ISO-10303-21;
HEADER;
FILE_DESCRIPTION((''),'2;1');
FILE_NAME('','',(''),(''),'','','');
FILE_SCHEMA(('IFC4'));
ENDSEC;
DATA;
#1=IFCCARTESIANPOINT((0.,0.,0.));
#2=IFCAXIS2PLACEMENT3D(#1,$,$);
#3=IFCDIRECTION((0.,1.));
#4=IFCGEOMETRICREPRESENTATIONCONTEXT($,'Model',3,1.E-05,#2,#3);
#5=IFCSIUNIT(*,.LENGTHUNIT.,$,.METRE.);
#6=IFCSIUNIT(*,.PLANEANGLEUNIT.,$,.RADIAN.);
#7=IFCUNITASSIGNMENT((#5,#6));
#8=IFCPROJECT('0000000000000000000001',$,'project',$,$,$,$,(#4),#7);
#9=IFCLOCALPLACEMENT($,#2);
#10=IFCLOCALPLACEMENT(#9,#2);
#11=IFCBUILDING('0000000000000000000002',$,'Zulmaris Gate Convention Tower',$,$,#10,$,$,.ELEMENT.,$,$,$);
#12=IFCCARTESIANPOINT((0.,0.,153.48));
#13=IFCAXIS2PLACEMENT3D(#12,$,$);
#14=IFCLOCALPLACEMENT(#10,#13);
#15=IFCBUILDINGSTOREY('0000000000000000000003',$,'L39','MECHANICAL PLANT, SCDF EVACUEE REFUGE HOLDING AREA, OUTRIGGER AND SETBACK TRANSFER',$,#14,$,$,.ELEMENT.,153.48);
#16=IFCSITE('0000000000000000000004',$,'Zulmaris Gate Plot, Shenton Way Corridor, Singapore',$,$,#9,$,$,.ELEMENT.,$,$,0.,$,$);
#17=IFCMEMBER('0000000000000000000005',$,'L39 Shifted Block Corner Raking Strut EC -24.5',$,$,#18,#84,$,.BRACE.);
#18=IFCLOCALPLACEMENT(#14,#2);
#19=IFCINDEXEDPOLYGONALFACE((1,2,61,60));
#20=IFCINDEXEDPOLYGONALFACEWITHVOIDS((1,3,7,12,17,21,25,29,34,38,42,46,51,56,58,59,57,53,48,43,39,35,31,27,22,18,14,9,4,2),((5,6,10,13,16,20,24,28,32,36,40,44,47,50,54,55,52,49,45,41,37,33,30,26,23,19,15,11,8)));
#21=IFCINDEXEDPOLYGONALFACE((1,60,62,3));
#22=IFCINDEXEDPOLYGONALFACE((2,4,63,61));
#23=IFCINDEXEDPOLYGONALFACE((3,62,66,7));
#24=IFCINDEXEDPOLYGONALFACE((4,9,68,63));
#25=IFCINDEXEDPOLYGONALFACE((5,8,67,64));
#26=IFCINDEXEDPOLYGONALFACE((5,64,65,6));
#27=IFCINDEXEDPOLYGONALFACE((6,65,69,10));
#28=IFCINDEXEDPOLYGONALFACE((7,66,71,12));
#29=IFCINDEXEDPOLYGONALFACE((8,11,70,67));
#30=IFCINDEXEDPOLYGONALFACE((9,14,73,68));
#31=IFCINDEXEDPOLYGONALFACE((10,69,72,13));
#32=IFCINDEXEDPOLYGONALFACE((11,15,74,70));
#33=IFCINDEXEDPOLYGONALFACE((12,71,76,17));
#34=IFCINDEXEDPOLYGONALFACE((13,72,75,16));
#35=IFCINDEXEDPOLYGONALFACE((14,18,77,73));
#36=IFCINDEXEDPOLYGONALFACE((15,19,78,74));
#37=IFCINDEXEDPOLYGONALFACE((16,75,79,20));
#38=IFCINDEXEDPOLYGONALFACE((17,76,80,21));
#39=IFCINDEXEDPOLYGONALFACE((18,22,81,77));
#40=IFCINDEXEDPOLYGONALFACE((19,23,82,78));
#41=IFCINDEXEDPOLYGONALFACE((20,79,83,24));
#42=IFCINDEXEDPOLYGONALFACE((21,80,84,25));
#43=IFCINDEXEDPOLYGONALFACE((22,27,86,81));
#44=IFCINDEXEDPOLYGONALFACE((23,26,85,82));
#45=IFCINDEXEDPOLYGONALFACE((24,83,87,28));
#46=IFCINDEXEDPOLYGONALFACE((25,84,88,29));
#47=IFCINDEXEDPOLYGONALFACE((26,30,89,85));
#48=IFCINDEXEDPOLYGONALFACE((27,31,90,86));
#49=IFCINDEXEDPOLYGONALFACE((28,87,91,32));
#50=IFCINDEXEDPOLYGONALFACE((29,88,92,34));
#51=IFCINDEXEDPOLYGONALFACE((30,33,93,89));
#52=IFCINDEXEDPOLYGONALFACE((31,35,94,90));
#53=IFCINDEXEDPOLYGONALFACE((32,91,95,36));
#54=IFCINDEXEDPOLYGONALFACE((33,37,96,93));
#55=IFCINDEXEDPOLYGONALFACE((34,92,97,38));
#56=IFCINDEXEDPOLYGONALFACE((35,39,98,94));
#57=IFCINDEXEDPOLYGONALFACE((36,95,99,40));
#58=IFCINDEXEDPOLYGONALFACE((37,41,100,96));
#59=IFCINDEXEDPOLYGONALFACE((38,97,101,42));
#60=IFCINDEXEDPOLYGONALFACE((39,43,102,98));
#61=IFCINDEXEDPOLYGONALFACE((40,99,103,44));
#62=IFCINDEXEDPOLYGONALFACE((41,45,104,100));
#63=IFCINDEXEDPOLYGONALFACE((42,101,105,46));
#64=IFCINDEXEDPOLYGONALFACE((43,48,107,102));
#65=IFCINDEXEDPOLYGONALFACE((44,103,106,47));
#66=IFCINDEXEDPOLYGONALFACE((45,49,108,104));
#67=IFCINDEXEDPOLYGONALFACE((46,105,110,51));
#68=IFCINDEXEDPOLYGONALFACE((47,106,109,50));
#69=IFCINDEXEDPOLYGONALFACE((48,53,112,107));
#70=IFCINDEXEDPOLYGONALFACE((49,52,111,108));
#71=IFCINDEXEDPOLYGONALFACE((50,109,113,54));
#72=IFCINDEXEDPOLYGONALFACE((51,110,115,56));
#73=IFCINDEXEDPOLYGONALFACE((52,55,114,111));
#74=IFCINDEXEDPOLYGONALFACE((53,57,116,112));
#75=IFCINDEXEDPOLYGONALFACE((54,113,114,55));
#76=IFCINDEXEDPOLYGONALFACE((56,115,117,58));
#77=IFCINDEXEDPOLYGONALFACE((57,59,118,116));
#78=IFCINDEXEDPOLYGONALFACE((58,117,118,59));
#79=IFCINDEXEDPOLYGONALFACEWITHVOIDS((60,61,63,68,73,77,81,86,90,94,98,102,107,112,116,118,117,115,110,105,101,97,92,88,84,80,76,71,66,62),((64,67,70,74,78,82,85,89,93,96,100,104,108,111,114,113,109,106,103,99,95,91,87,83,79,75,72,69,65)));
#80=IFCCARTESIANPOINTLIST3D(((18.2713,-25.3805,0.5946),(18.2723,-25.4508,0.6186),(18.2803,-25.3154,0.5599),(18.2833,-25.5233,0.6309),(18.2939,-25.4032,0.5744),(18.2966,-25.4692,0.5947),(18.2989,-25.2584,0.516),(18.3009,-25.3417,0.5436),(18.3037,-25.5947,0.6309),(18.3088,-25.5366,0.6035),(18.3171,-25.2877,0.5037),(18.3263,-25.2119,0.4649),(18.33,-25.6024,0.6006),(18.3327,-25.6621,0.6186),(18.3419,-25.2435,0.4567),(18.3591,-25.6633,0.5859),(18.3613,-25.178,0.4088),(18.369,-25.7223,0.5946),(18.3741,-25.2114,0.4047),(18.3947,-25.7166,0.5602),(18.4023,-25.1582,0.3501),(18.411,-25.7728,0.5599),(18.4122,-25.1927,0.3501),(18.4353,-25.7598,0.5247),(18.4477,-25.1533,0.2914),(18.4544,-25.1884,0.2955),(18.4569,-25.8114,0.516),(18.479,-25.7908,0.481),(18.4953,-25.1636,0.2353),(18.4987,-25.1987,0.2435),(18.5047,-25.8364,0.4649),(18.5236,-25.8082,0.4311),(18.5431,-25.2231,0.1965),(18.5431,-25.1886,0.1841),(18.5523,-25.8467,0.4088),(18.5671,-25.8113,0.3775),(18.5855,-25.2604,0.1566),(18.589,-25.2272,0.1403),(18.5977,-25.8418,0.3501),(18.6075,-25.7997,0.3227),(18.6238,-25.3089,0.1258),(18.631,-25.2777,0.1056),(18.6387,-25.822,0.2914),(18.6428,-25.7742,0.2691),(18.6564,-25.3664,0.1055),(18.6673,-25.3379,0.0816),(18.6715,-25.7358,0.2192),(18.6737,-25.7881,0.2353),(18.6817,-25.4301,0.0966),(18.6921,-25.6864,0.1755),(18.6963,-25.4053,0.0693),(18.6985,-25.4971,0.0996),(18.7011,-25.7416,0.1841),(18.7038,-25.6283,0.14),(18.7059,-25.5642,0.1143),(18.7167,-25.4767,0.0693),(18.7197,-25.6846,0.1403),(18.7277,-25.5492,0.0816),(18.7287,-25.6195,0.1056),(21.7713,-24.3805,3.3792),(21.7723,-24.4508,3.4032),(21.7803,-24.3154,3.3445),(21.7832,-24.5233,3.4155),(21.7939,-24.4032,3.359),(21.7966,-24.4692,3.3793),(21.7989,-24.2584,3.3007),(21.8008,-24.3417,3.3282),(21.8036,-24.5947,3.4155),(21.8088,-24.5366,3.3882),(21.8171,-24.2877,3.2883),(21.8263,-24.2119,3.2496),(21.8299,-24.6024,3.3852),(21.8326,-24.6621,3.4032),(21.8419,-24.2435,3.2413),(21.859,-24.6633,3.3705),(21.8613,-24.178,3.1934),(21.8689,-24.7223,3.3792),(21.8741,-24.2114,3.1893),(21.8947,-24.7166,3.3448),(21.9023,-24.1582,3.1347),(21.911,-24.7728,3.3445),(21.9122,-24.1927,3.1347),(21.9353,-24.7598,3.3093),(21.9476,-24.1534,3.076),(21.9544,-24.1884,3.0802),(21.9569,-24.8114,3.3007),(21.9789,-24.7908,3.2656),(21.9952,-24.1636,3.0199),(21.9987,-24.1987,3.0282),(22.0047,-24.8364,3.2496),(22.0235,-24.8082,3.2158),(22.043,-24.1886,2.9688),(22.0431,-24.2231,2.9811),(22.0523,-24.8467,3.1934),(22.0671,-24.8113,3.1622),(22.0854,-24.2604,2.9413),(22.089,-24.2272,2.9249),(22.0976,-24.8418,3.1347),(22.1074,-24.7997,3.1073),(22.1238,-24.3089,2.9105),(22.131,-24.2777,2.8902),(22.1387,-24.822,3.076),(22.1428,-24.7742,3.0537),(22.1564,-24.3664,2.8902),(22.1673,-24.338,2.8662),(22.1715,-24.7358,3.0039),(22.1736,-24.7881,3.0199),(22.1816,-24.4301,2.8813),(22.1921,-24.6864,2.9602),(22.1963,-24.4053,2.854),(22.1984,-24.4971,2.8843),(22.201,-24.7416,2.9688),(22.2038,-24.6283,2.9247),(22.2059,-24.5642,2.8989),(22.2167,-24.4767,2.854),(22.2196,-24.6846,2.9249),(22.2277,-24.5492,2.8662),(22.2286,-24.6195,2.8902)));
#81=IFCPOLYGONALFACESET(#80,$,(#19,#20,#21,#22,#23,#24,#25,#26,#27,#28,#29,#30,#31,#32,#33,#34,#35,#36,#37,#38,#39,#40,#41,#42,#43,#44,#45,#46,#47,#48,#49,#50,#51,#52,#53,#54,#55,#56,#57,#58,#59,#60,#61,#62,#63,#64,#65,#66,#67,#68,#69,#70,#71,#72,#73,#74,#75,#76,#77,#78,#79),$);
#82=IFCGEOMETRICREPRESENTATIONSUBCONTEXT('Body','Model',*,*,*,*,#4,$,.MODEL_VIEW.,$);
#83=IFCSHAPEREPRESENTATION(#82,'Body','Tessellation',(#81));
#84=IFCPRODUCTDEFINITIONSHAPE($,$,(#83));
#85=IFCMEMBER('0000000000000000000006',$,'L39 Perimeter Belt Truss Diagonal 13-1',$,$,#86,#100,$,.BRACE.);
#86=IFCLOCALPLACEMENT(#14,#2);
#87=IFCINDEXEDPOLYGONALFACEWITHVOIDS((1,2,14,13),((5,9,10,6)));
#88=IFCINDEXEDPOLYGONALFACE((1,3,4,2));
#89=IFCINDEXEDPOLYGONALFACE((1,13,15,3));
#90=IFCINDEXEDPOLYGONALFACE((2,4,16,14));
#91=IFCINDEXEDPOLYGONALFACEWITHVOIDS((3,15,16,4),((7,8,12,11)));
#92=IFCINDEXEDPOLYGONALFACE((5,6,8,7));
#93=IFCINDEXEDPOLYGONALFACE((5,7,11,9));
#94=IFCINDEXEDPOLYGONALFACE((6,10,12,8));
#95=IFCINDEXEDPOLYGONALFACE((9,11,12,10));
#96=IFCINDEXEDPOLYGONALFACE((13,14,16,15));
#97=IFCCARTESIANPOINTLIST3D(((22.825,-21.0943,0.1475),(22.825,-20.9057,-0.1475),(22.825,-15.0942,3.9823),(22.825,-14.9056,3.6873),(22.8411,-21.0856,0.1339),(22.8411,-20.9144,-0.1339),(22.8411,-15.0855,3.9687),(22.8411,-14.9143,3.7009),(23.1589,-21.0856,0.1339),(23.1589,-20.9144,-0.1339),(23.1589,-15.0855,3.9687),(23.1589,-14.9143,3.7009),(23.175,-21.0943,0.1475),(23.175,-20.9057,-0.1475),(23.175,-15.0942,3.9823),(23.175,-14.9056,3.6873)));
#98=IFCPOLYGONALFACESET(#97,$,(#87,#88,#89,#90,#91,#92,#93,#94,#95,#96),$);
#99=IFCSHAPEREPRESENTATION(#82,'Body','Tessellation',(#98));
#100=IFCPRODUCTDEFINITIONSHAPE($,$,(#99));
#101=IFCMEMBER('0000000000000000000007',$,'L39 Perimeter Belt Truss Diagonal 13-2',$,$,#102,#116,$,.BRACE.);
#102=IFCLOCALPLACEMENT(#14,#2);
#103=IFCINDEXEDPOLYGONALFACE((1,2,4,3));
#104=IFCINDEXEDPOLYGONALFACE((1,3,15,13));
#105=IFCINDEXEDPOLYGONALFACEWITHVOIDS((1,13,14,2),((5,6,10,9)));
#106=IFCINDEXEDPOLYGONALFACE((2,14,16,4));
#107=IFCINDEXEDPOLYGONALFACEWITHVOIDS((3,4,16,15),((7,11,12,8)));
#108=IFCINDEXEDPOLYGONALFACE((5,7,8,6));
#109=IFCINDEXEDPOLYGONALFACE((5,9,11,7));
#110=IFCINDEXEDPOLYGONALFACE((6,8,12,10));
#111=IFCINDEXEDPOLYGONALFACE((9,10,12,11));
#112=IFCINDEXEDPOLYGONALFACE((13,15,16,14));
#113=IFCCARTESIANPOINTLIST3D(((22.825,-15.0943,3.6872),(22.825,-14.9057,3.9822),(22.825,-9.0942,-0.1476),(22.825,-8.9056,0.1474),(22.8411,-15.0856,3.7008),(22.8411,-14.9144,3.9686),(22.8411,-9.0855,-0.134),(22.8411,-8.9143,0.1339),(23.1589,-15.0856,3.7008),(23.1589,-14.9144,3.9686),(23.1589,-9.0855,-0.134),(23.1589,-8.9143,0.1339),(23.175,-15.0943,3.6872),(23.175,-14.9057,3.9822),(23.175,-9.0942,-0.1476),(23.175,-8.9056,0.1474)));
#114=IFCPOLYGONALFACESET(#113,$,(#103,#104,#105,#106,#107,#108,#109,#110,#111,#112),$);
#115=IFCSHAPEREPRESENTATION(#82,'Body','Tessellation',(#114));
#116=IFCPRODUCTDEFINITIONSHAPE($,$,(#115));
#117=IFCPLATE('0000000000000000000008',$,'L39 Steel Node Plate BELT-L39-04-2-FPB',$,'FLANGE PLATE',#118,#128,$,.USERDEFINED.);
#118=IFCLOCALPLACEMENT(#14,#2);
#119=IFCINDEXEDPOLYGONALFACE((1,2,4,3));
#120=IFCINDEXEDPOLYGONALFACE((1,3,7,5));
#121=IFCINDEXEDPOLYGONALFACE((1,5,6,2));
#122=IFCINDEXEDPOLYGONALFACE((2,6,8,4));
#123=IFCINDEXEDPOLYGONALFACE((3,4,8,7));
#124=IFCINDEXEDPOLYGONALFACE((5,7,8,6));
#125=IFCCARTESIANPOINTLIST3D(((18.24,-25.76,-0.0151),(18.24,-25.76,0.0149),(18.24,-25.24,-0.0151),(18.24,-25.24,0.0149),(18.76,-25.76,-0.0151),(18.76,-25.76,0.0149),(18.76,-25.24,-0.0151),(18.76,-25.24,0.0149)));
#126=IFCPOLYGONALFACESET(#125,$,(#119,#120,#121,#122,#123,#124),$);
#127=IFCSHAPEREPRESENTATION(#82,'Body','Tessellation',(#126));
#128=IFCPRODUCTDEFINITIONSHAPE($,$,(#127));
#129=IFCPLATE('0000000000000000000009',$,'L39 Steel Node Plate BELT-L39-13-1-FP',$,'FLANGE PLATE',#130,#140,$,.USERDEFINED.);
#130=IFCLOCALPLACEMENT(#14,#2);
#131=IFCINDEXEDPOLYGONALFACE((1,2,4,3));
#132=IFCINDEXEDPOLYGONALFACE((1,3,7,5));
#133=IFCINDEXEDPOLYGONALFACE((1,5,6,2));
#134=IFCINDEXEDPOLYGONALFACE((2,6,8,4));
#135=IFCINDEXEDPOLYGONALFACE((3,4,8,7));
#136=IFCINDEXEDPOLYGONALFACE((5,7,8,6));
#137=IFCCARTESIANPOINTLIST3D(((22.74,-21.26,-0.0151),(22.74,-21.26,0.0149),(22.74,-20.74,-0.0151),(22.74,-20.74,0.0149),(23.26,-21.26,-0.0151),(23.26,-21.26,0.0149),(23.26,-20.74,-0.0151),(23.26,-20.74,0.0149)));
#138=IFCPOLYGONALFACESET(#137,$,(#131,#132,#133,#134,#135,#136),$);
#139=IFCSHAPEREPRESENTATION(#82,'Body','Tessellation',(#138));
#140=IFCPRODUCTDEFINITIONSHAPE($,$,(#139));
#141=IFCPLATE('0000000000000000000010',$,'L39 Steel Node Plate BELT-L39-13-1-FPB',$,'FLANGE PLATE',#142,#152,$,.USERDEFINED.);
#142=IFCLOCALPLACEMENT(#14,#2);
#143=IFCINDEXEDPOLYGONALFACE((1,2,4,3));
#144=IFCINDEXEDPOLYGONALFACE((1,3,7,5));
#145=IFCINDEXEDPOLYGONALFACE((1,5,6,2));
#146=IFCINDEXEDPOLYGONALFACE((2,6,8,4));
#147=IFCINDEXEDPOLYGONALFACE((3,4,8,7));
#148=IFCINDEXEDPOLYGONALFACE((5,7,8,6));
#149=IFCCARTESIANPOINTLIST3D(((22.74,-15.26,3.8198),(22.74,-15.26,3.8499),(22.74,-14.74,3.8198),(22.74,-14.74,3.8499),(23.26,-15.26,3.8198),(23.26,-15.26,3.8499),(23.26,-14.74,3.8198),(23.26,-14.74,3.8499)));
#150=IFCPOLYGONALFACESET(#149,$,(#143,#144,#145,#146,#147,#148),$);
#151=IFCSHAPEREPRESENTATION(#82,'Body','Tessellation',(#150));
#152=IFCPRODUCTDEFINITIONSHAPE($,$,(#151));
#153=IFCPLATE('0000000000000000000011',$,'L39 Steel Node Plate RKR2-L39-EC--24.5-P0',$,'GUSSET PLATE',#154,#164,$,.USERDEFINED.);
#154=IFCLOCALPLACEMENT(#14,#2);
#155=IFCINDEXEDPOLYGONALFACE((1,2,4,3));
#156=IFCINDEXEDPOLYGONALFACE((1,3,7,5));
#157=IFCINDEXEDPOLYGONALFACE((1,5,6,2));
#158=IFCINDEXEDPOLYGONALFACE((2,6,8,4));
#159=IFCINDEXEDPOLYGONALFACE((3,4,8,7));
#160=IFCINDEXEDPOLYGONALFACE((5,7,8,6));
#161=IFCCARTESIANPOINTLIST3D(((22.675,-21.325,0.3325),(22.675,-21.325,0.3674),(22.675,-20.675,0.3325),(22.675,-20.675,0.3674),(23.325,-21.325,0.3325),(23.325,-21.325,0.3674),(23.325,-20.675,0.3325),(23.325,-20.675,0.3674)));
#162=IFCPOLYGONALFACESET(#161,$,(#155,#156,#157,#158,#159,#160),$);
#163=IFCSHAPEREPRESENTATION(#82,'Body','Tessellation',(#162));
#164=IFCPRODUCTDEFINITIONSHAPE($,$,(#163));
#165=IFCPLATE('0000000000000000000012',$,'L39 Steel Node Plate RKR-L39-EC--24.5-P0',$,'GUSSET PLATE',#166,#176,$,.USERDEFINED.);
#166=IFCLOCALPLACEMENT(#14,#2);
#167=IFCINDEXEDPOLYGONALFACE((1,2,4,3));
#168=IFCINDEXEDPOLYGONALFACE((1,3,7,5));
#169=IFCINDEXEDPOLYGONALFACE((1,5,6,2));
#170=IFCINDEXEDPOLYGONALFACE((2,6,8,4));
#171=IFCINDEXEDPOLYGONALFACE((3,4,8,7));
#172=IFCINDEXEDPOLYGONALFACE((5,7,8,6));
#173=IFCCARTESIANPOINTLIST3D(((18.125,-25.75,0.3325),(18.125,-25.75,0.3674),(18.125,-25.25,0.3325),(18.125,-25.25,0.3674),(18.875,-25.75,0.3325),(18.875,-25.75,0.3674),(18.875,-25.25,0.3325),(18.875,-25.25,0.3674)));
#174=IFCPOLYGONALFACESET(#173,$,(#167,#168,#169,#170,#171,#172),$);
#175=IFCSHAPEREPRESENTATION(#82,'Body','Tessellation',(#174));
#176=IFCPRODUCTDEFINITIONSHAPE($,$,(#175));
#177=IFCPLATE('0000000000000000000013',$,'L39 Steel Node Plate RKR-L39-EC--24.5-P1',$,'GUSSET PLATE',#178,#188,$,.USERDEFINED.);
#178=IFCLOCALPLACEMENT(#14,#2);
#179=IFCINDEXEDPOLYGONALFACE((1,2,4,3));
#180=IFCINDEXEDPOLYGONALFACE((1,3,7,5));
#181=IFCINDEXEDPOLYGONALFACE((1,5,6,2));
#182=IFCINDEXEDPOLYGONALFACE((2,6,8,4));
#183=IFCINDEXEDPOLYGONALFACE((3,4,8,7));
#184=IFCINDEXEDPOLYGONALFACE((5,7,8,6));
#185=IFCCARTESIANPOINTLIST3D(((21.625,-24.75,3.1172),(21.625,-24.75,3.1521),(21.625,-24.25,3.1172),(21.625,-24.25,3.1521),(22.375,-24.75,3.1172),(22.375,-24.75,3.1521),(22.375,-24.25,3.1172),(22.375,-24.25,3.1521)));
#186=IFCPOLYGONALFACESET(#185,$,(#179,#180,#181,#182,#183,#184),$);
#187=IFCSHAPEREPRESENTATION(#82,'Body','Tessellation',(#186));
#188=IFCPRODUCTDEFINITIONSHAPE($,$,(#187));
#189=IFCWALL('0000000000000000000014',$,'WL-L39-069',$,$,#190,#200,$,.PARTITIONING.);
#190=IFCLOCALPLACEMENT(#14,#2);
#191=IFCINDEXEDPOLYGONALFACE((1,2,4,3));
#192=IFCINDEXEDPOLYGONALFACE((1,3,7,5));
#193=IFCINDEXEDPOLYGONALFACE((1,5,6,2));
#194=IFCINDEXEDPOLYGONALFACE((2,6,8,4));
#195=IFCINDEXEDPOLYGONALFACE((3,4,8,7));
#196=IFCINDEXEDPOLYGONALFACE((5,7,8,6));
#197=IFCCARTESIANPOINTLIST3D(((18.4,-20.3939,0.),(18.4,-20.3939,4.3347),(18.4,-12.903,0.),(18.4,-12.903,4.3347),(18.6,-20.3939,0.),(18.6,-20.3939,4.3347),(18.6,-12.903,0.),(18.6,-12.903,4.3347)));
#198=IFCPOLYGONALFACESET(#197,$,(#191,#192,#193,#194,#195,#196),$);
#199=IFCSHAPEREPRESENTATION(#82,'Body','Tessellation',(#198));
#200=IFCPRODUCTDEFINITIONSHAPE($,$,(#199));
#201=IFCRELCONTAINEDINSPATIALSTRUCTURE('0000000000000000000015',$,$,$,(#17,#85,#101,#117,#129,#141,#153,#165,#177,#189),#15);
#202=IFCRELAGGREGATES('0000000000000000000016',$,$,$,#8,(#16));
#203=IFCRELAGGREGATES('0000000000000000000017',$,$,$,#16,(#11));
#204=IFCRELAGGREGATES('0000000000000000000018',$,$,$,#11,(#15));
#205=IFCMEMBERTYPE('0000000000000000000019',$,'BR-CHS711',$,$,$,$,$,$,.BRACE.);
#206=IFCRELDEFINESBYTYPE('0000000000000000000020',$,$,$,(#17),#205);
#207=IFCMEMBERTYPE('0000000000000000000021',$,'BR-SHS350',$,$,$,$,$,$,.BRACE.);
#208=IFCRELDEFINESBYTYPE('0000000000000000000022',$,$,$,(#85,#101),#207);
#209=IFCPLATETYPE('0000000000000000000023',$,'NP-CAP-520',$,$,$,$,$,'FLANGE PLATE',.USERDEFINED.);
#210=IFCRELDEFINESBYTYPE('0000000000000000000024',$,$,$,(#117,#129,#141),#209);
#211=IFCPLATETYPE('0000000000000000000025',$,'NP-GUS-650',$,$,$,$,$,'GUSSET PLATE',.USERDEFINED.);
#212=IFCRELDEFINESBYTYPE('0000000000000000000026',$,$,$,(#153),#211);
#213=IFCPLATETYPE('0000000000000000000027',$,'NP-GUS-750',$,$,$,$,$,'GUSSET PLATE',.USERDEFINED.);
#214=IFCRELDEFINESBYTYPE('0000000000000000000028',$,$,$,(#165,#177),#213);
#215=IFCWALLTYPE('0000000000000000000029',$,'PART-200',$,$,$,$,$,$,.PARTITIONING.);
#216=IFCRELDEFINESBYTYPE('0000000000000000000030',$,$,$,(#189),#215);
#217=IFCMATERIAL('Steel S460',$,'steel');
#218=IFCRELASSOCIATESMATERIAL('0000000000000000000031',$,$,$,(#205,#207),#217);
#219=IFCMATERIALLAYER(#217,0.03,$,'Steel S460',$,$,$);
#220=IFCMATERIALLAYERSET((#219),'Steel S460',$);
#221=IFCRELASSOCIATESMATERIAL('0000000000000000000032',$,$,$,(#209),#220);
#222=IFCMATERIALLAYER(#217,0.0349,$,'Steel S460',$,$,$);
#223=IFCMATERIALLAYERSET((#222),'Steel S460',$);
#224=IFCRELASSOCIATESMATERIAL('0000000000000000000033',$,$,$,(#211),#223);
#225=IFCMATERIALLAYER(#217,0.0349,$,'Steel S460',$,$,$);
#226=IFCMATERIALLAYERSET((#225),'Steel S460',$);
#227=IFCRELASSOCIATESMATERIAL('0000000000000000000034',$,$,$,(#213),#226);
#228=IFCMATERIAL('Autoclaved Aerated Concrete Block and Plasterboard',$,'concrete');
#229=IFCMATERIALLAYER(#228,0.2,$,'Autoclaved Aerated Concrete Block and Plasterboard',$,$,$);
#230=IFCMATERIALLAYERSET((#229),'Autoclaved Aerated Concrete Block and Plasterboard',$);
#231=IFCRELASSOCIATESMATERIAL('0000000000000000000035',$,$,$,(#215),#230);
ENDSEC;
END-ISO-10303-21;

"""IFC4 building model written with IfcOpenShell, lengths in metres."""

from ifc_helpers import new_model, si_unit, direction, frame, frame_2d, origin, origin_2d, place, context, subcontext, project, spatial, rectangle, hollow_rectangle, hollow_circle, extrude, material, layer, layer_set, material_profile, profile_set, type_object, element, save


model = new_model("IFC4")

# Units and contexts
model_context = context("Model", 3, precision=1e-05, world=origin(), true_north=direction((0.0, 1.0)))
body_context = subcontext(model_context, "Body", "Model", "MODEL_VIEW")
ifc_project = project(units=[si_unit("LENGTHUNIT", "METRE"), si_unit("PLANEANGLEUNIT", "RADIAN")], contexts=[model_context])

# Site, building, storey
site_placement = place(None, origin())
site = spatial("IfcSite", under=ifc_project, at=site_placement, Name="Zulmaris Gate Plot, Shenton Way Corridor, Singapore", CompositionType="ELEMENT", RefElevation=0.0)
building_placement = place(site_placement, origin())
building = spatial("IfcBuilding", under=site, at=building_placement, Name="Zulmaris Gate Convention Tower", CompositionType="ELEMENT")
storey_placement = place(building_placement, frame((0.0, 0.0, 153.48)))
storey = spatial("IfcBuildingStorey", under=building, at=storey_placement, Name="L39", Description="MECHANICAL PLANT, SCDF EVACUEE REFUGE HOLDING AREA, OUTRIGGER AND SETBACK TRANSFER", CompositionType="ELEMENT", Elevation=153.48)

# Members
ifc_material_1 = material(Name="Steel S460", Category="steel")
ifc_material_profile_1 = material_profile(ifc_material_1, hollow_circle(Radius=0.3555, WallThickness=0.0359, at=origin_2d()), Name="CHS 711x36")
ifc_profile_set_1 = profile_set([ifc_material_profile_1], Name="Steel S460")
member_type_1 = type_object("IfcMemberType", Name="BR-CHS711", PredefinedType="BRACE", material=ifc_profile_set_1)
member_1_placement = place(storey_placement, frame((18.5, -25.5, 0.3501), z_axis=(0.763683, 0.218195, 0.607601), x_axis=(-0.274721, 0.961524, 0.0)))
element("IfcMember", 1, at=member_1_placement, inside=storey, type_object=member_type_1, Name="L39 Shifted Block Corner Raking Strut EC -24.5", PredefinedType="BRACE", context=body_context, shape_type="SweptSolid", body=[
    extrude(hollow_circle(Radius=0.3555, WallThickness=0.0359, at=origin_2d()), origin(), (0.0, 0.0, 1.0), 4.583),
])
ifc_material_profile_2 = material_profile(ifc_material_1, hollow_rectangle(XDim=0.3501, YDim=0.3501, WallThickness=0.0161, at=origin_2d()), Name="SHS 350x350x16")
ifc_profile_set_2 = profile_set([ifc_material_profile_2], Name="Steel S460")
member_type_2 = type_object("IfcMemberType", Name="BR-SHS350", PredefinedType="BRACE", material=ifc_profile_set_2)
for number, where, z_axis, x_axis, name in (
    (2, (23.0, -21.0, 0.0), (0.0, 0.842608, 0.538527), (-1.0, 0.0, 0.0), "L39 Perimeter Belt Truss Diagonal 13-1"),
    (3, (23.0, -15.0, 3.8347), (0.0, 0.842608, -0.538527), (-1.0, 0.0, 0.0), "L39 Perimeter Belt Truss Diagonal 13-2"),
):
    element("IfcMember", number, at=place(storey_placement, frame(where, z_axis=z_axis, x_axis=x_axis)), inside=storey, type_object=member_type_2, Name=name, PredefinedType="BRACE", context=body_context, shape_type="SweptSolid", body=[
        extrude(hollow_rectangle(XDim=0.3501, YDim=0.3501, WallThickness=0.0161, at=origin_2d()), origin(), (0.0, 0.0, 1.0), 7.1208),
    ])

# Plates
ifc_layer_1 = layer(ifc_material_1, 0.03, Name="Steel S460")
ifc_layer_set_1 = layer_set([ifc_layer_1], Name="Steel S460")
plate_type_1 = type_object("IfcPlateType", Name="NP-CAP-520", ElementType="FLANGE PLATE", PredefinedType="USERDEFINED", material=ifc_layer_set_1)
for number, where, z_axis, x_axis, name in (
    (4, (18.5, -25.5, -0.0151), (0.0, 0.0, 1.0), (1.0, 0.0, 0.0), "L39 Steel Node Plate BELT-L39-04-2-FPB"),
    (5, (23.0, -21.0, -0.0151), (0.0, 0.0, 1.0), (1.0, 0.0, 0.0), "L39 Steel Node Plate BELT-L39-13-1-FP"),
    (6, (23.0, -15.0, 3.8198), (0.0, 0.0, 1.0), (1.0, 0.0, 0.0), "L39 Steel Node Plate BELT-L39-13-1-FPB"),
):
    element("IfcPlate", number, at=place(storey_placement, frame(where, z_axis=z_axis, x_axis=x_axis)), inside=storey, type_object=plate_type_1, Name=name, ObjectType="FLANGE PLATE", PredefinedType="USERDEFINED", context=body_context, shape_type="SweptSolid", body=[
        extrude(rectangle(XDim=0.52, YDim=0.52, at=origin_2d()), origin(), (0.0, 0.0, 1.0), 0.03),
    ])
ifc_layer_2 = layer(ifc_material_1, 0.0349, Name="Steel S460")
ifc_layer_set_2 = layer_set([ifc_layer_2], Name="Steel S460")
plate_type_2 = type_object("IfcPlateType", Name="NP-GUS-650", ElementType="GUSSET PLATE", PredefinedType="USERDEFINED", material=ifc_layer_set_2)
plate_placement = place(storey_placement, frame((23.0, -21.0, 0.3325), z_axis=(0.0, 0.0, 1.0), x_axis=(1.0, 0.0, 0.0)))
element("IfcPlate", 7, at=plate_placement, inside=storey, type_object=plate_type_2, Name="L39 Steel Node Plate RKR2-L39-EC--24.5-P0", ObjectType="GUSSET PLATE", PredefinedType="USERDEFINED", context=body_context, shape_type="SweptSolid", body=[
    extrude(rectangle(XDim=0.6499, YDim=0.6499, at=origin_2d()), origin(), (0.0, 0.0, 1.0), 0.0349),
])
ifc_layer_3 = layer(ifc_material_1, 0.0349, Name="Steel S460")
ifc_layer_set_3 = layer_set([ifc_layer_3], Name="Steel S460")
plate_type_3 = type_object("IfcPlateType", Name="NP-GUS-750", ElementType="GUSSET PLATE", PredefinedType="USERDEFINED", material=ifc_layer_set_3)
for number, where, z_axis, x_axis, name in (
    (8, (18.5, -25.5, 0.3325), (0.0, 0.0, 1.0), (1.0, 0.0, 0.0), "L39 Steel Node Plate RKR-L39-EC--24.5-P0"),
    (9, (22.0, -24.5, 3.1172), (0.0, 0.0, 1.0), (1.0, 0.0, 0.0), "L39 Steel Node Plate RKR-L39-EC--24.5-P1"),
):
    element("IfcPlate", number, at=place(storey_placement, frame(where, z_axis=z_axis, x_axis=x_axis)), inside=storey, type_object=plate_type_3, Name=name, ObjectType="GUSSET PLATE", PredefinedType="USERDEFINED", context=body_context, shape_type="SweptSolid", body=[
        extrude(rectangle(XDim=0.75, YDim=0.5, at=origin_2d()), origin(), (0.0, 0.0, 1.0), 0.0349),
    ])

# Wall
ifc_material_2 = material(Name="Autoclaved Aerated Concrete Block and Plasterboard", Category="concrete")
ifc_layer_4 = layer(ifc_material_2, 0.2, Name="Autoclaved Aerated Concrete Block and Plasterboard")
ifc_layer_set_4 = layer_set([ifc_layer_4], Name="Autoclaved Aerated Concrete Block and Plasterboard")
wall_type_1 = type_object("IfcWallType", Name="PART-200", PredefinedType="PARTITIONING", material=ifc_layer_set_4)
wall_1_placement = place(storey_placement, frame((18.5, -20.394, 0.0), z_axis=(0.0, 0.0, 1.0), x_axis=(0.0, 1.0, 0.0)))
element("IfcWall", 10, at=wall_1_placement, inside=storey, type_object=wall_type_1, Name="WL-L39-069", PredefinedType="PARTITIONING", context=body_context, shape_type="SweptSolid", body=[
    extrude(rectangle(XDim=7.491, YDim=0.2, at=frame_2d((3.7456, 0.0))), origin(), (0.0, 0.0, 1.0), 4.3347),
])

save(model, "model.ifc")
